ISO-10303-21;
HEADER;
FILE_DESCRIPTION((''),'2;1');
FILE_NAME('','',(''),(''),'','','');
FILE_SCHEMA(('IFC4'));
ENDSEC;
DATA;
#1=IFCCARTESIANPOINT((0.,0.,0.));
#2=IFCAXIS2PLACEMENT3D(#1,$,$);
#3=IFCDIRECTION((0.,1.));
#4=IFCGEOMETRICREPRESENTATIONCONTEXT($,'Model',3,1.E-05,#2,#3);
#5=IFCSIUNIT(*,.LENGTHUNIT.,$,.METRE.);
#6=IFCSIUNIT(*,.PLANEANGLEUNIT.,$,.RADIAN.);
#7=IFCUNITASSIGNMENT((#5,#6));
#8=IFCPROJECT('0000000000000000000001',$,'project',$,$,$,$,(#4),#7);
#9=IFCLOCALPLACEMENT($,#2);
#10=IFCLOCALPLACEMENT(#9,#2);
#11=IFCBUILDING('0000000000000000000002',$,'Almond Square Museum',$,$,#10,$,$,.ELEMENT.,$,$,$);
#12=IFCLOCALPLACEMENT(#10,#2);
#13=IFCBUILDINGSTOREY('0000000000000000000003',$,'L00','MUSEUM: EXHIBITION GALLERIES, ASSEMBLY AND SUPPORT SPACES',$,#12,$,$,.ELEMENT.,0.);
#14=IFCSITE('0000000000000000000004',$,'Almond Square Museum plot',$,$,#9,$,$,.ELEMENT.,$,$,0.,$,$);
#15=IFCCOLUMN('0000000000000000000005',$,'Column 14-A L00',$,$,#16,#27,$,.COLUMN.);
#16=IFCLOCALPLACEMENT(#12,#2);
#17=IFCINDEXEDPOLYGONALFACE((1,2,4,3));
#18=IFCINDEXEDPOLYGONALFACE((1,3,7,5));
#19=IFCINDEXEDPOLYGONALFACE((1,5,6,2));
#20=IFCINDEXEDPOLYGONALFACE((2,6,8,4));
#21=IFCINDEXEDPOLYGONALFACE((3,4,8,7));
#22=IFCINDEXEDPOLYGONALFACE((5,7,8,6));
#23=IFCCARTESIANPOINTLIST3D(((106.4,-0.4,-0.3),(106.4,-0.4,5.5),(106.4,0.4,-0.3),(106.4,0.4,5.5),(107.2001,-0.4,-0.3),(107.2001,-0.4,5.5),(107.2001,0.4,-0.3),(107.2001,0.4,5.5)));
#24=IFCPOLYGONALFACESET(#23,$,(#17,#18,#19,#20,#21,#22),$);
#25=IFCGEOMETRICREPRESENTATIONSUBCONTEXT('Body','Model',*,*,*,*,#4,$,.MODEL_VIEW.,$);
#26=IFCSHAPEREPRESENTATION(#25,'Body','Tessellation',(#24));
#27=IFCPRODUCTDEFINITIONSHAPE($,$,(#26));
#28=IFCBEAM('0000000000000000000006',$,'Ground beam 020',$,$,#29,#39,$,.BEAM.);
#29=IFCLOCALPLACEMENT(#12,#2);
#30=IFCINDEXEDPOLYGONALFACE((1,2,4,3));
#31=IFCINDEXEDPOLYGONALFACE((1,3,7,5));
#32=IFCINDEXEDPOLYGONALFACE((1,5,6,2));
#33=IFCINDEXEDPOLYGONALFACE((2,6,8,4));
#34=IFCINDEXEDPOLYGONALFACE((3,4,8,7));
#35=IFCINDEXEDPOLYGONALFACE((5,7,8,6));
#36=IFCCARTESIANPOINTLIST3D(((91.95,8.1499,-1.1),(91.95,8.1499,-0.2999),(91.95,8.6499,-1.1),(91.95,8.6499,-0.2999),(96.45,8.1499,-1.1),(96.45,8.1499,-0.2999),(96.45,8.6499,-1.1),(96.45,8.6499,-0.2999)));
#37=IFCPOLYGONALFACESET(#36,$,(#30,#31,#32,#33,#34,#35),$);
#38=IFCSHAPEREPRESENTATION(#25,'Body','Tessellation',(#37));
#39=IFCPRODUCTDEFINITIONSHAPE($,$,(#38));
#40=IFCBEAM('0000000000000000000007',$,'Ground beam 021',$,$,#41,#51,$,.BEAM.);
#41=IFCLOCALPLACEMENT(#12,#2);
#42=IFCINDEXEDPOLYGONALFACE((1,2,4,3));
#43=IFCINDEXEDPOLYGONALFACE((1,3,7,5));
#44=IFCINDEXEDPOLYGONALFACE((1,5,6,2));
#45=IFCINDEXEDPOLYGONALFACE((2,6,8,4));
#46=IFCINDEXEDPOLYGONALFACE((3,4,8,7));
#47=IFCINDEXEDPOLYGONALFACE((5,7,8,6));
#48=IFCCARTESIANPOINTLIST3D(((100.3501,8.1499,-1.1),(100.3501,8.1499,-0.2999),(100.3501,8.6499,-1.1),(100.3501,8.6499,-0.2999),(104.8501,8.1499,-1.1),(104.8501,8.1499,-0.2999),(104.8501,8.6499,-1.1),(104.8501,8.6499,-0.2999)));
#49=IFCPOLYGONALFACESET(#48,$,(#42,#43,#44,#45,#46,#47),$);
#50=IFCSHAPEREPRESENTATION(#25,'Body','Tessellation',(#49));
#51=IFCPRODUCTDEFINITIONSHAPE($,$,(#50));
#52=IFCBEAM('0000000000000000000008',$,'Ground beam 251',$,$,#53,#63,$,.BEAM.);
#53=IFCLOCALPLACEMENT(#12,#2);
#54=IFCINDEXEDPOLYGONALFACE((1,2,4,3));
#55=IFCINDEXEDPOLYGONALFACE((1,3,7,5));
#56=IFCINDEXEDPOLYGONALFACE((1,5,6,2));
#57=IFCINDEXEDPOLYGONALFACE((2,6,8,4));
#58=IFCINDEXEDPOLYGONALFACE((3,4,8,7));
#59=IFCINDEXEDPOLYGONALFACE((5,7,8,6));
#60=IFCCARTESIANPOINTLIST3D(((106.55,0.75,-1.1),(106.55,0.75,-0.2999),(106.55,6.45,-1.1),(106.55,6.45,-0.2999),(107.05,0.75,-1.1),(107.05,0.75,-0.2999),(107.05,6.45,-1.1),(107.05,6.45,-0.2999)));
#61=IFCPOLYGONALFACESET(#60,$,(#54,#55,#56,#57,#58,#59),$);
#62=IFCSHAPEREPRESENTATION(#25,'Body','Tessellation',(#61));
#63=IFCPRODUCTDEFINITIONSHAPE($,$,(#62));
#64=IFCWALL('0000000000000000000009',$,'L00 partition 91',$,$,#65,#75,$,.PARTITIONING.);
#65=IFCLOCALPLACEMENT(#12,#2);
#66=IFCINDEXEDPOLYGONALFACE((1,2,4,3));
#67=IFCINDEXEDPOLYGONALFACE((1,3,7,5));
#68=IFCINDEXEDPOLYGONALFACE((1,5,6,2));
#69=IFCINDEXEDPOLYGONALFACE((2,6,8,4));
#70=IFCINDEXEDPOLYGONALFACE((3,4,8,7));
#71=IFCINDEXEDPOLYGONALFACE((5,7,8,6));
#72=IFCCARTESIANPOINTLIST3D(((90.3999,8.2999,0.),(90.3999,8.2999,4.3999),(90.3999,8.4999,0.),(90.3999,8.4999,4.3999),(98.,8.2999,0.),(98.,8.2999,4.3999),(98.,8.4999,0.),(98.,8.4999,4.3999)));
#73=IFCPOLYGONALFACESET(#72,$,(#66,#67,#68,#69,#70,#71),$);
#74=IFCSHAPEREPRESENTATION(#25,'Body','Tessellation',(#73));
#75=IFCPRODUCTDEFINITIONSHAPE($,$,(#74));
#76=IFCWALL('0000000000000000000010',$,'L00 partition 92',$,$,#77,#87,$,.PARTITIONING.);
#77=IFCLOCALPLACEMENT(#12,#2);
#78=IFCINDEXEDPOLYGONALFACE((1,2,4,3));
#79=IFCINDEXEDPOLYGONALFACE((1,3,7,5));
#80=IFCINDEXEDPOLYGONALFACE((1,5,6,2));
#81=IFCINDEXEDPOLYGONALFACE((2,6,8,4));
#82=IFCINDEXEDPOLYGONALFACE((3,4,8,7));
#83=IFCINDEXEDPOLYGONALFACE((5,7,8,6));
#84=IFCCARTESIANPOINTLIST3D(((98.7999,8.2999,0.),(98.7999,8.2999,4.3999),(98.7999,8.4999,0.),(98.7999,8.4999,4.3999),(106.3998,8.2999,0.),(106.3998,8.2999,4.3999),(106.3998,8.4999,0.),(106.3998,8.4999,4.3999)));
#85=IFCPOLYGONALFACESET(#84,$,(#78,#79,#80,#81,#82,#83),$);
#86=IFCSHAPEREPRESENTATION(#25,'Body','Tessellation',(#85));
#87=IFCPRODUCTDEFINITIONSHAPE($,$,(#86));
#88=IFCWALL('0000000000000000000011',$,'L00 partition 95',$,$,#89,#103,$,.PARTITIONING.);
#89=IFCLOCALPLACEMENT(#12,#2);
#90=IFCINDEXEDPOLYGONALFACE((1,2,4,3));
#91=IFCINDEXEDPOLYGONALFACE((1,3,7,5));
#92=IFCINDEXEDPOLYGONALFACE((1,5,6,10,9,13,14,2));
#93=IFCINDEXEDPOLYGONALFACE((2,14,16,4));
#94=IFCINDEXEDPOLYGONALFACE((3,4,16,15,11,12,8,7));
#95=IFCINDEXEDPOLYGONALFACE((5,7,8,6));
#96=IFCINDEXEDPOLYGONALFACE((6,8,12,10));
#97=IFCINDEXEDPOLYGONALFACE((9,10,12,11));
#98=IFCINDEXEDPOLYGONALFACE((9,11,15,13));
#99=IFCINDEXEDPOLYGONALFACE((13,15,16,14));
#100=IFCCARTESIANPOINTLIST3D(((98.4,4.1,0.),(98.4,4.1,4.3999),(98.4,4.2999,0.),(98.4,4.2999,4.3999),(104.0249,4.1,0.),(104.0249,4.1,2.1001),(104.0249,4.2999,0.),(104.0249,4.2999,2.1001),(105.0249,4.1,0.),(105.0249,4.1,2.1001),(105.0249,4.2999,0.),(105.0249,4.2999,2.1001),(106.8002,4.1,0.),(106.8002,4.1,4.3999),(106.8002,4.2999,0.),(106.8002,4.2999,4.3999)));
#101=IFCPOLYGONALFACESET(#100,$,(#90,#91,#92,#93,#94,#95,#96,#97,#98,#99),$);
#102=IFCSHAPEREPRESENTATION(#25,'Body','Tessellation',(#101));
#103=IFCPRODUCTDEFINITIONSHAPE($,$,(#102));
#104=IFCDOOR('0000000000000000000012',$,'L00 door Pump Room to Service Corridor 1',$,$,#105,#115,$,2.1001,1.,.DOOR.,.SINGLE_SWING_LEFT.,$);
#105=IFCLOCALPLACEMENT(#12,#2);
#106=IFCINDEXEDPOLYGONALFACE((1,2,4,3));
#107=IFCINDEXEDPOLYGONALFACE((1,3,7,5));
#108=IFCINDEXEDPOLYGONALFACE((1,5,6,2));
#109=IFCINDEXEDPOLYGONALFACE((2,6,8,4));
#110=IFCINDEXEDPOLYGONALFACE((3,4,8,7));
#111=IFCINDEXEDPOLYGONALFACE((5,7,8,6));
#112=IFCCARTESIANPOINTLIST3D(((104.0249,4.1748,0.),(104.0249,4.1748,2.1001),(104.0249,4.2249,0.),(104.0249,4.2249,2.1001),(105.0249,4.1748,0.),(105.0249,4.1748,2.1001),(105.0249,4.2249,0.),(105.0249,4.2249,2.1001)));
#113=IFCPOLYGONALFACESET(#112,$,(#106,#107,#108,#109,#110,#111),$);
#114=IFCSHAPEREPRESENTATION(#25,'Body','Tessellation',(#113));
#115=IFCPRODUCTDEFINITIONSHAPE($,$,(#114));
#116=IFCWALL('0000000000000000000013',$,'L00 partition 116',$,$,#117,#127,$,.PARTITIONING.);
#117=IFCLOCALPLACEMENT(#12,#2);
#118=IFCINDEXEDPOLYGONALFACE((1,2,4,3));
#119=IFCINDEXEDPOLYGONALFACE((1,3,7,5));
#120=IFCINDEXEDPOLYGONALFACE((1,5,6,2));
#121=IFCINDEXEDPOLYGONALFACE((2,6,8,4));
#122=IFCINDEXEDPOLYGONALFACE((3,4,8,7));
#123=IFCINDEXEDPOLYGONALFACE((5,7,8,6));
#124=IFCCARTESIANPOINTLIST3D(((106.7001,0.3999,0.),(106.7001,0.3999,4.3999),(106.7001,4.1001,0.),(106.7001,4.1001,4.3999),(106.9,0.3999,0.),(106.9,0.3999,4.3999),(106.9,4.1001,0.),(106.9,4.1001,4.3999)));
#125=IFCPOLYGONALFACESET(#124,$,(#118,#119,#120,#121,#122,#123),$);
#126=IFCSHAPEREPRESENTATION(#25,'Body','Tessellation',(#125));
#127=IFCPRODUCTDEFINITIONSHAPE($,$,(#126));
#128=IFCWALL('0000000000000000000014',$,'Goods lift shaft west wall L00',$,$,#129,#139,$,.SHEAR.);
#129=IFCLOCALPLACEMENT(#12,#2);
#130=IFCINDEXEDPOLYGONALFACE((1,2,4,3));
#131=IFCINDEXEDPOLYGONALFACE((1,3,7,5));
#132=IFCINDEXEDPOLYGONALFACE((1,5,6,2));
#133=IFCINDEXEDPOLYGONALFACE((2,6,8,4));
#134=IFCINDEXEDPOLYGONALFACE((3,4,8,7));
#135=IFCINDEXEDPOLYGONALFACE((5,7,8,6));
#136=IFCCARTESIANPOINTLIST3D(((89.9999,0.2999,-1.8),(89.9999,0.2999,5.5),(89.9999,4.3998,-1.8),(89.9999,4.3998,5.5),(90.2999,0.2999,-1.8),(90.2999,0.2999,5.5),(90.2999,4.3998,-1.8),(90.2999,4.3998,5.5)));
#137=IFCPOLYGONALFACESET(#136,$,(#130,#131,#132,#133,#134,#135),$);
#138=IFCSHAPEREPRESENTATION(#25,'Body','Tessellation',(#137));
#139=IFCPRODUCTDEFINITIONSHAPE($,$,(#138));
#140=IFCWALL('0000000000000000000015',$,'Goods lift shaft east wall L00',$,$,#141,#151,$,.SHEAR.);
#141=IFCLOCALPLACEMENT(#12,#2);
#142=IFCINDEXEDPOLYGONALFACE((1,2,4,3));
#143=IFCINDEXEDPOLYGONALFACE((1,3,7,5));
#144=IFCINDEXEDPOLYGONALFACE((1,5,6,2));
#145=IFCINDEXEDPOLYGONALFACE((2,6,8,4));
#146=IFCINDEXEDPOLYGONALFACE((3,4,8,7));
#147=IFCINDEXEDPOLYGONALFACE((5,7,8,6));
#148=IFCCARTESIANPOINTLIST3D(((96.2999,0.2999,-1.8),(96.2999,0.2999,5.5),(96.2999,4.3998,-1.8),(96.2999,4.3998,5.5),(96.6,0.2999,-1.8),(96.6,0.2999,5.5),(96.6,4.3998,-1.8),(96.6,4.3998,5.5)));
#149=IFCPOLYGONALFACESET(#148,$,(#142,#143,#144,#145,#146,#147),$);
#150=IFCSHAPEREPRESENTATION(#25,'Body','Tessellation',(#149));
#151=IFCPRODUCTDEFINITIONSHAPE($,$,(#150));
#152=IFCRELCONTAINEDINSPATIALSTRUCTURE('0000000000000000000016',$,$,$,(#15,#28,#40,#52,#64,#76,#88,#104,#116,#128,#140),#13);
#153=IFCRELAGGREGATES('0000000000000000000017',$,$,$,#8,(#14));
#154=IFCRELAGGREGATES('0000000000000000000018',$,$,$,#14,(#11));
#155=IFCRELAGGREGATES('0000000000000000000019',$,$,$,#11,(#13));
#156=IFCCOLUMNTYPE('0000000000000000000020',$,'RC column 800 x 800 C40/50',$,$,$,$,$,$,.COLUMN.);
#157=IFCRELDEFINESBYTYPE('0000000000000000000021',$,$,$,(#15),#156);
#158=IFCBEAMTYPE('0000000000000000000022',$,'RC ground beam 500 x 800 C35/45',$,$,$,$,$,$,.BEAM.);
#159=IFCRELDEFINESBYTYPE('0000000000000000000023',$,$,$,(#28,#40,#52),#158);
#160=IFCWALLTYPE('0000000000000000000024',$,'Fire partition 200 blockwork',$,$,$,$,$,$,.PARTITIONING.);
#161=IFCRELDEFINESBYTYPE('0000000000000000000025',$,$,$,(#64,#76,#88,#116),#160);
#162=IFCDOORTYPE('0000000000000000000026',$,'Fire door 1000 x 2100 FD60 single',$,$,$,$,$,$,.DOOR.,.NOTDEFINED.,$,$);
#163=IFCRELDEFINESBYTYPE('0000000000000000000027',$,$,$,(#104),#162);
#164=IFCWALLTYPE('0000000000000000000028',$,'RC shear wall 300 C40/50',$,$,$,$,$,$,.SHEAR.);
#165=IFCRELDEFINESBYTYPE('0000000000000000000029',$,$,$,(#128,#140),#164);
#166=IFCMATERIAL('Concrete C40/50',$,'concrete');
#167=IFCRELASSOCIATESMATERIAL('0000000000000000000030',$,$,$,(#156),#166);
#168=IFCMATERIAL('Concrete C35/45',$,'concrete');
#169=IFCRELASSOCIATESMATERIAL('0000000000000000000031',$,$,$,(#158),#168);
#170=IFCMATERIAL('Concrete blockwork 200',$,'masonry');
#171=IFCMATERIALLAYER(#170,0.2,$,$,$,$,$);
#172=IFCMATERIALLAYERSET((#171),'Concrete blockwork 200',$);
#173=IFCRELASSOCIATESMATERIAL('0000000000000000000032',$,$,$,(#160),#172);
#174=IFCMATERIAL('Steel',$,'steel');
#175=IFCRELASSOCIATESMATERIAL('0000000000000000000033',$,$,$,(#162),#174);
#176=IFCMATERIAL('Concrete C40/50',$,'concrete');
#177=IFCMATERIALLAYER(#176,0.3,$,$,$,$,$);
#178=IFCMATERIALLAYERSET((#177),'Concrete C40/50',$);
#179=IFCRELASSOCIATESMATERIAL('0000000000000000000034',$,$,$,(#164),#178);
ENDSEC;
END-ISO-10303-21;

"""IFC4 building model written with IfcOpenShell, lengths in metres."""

from ifc_helpers import new_model, si_unit, direction, frame, frame_2d, origin, origin_2d, place, context, subcontext, project, spatial, rectangle, extrude, material, layer, layer_set, material_profile, profile_set, type_object, element, fill, save


model = new_model("IFC4")

# Units and contexts
model_context = context("Model", 3, precision=1e-05, world=origin(), true_north=direction((0.0, 1.0)))
body_context = subcontext(model_context, "Body", "Model", "MODEL_VIEW")
ifc_project = project(units=[si_unit("LENGTHUNIT", "METRE"), si_unit("PLANEANGLEUNIT", "RADIAN")], contexts=[model_context])

# Site, building, storey
site_placement = place(None, origin())
site = spatial("IfcSite", under=ifc_project, at=site_placement, Name="Almond Square Museum plot", CompositionType="ELEMENT", RefElevation=0.0)
building_placement = place(site_placement, origin())
building = spatial("IfcBuilding", under=site, at=building_placement, Name="Almond Square Museum", CompositionType="ELEMENT")
storey_placement = place(building_placement, origin())
storey = spatial("IfcBuildingStorey", under=building, at=storey_placement, Name="L00", Description="MUSEUM: EXHIBITION GALLERIES, ASSEMBLY AND SUPPORT SPACES", CompositionType="ELEMENT", Elevation=0.0)

# Column
ifc_material_1 = material(Name="Concrete C40/50", Category="concrete")
ifc_material_profile_1 = material_profile(ifc_material_1, rectangle(XDim=0.8, YDim=0.8, at=origin_2d()))
ifc_profile_set_1 = profile_set([ifc_material_profile_1], Name="Concrete C40/50")
column_type = type_object("IfcColumnType", Name="RC column 800 x 800 C40/50", PredefinedType="COLUMN", material=ifc_profile_set_1)
for number, where, z_axis, x_axis, name in (
    (1, (106.8, 0.0, -0.3), (0.0, 0.0, 1.0), (1.0, 0.0, 0.0), "Column 14-A L00"),
):
    element("IfcColumn", number, at=place(storey_placement, frame(where, z_axis=z_axis, x_axis=x_axis)), inside=storey, type_object=column_type, Name=name, PredefinedType="COLUMN", context=body_context, shape_type="SweptSolid", body=[
        extrude(rectangle(XDim=0.8, YDim=0.8, at=origin_2d()), origin(), (0.0, 0.0, 1.0), 5.8),
    ])

# Beams
ifc_material_2 = material(Name="Concrete C35/45", Category="concrete")
ifc_material_profile_2 = material_profile(ifc_material_2, rectangle(XDim=0.5, YDim=0.8, at=origin_2d()))
ifc_profile_set_2 = profile_set([ifc_material_profile_2], Name="Concrete C35/45")
beam_type = type_object("IfcBeamType", Name="RC ground beam 500 x 800 C35/45", PredefinedType="BEAM", material=ifc_profile_set_2)
for number, where, z_axis, x_axis, name in (
    (2, (91.95, 8.3999, -0.7), (1.0, 0.0, 0.0), (0.0, 1.0, 0.0), "Ground beam 020"),
    (3, (100.3501, 8.3999, -0.7), (1.0, 0.0, 0.0), (0.0, 1.0, 0.0), "Ground beam 021"),
):
    element("IfcBeam", number, at=place(storey_placement, frame(where, z_axis=z_axis, x_axis=x_axis)), inside=storey, type_object=beam_type, Name=name, PredefinedType="BEAM", context=body_context, shape_type="SweptSolid", body=[
        extrude(rectangle(XDim=0.5, YDim=0.8, at=origin_2d()), origin(), (0.0, 0.0, 1.0), 4.5),
    ])
beam_placement = place(storey_placement, frame((106.8, 0.75, -0.7), z_axis=(0.0, 1.0, 0.0), x_axis=(-1.0, 0.0, 0.0)))
element("IfcBeam", 4, at=beam_placement, inside=storey, type_object=beam_type, Name="Ground beam 251", PredefinedType="BEAM", context=body_context, shape_type="SweptSolid", body=[
    extrude(rectangle(XDim=0.5, YDim=0.8, at=origin_2d()), origin(), (0.0, 0.0, 1.0), 5.7),
])

# Walls
ifc_material_3 = material(Name="Concrete blockwork 200", Category="masonry")
ifc_layer_1 = layer(ifc_material_3, 0.2)
ifc_layer_set_1 = layer_set([ifc_layer_1], Name="Concrete blockwork 200")
wall_type_1 = type_object("IfcWallType", Name="Fire partition 200 blockwork", PredefinedType="PARTITIONING", material=ifc_layer_set_1)
wall_1_placement = place(storey_placement, frame((90.3999, 8.3999, 0.0), z_axis=(0.0, 0.0, 1.0), x_axis=(1.0, 0.0, 0.0)))
element("IfcWall", 5, at=wall_1_placement, inside=storey, type_object=wall_type_1, Name="L00 partition 91", PredefinedType="PARTITIONING", context=body_context, shape_type="SweptSolid", body=[
    extrude(rectangle(XDim=7.6001, YDim=0.2, at=frame_2d((3.8, 0.0))), origin(), (0.0, 0.0, 1.0), 4.3999),
])
wall_2_placement = place(storey_placement, frame((98.8, 8.3999, 0.0), z_axis=(0.0, 0.0, 1.0), x_axis=(1.0, 0.0, 0.0)))
element("IfcWall", 6, at=wall_2_placement, inside=storey, type_object=wall_type_1, Name="L00 partition 92", PredefinedType="PARTITIONING", context=body_context, shape_type="SweptSolid", body=[
    extrude(rectangle(XDim=7.5999, YDim=0.2, at=frame_2d((3.7998, 0.0))), origin(), (0.0, 0.0, 1.0), 4.3999),
])

# Wall, opening, door
wall_3_placement = place(storey_placement, frame((98.3999, 4.2, 0.0), z_axis=(0.0, 0.0, 1.0), x_axis=(1.0, 0.0, 0.0)))
wall_3 = element("IfcWall", 7, at=wall_3_placement, inside=storey, type_object=wall_type_1, Name="L00 partition 95", PredefinedType="PARTITIONING", context=body_context, shape_type="SweptSolid", body=[
    extrude(rectangle(XDim=8.4001, YDim=0.2, at=frame_2d((4.2002, 0.0))), origin(), (0.0, 0.0, 1.0), 4.3999),
])
opening_1_placement = place(wall_3_placement, frame((5.625, 0.0, 0.0)))
opening_1 = element("IfcOpeningElement", 8, at=opening_1_placement, cuts=wall_3, PredefinedType="OPENING", context=body_context, shape_type="SweptSolid", body=[
    extrude(rectangle(XDim=1.0, YDim=2.1001, at=frame_2d((0.5, 1.05))), frame((0.0, 0.1099, 0.0), z_axis=(0.0, -1.0, 0.0), x_axis=(1.0, 0.0, 0.0)), (0.0, 0.0, 1.0), 0.22),
])
ifc_material_4 = material(Name="Steel", Category="steel")
door_type_1 = type_object("IfcDoorType", Name="Fire door 1000 x 2100 FD60 single", OperationType="NOTDEFINED", PredefinedType="DOOR", material=ifc_material_4)
door_1_placement = place(opening_1_placement, origin())
door_1 = element("IfcDoor", 9, at=door_1_placement, inside=storey, type_object=door_type_1, Name="L00 door Pump Room to Service Corridor 1", OperationType="SINGLE_SWING_LEFT", OverallHeight=2.1001, OverallWidth=1.0, PredefinedType="DOOR", context=body_context, shape_type="SweptSolid", body=[
    extrude(rectangle(XDim=1.0, YDim=2.1001, at=frame_2d((0.5, 1.05))), frame((0.0, 0.0249, 0.0), z_axis=(0.0, -1.0, 0.0), x_axis=(1.0, 0.0, 0.0)), (0.0, 0.0, 1.0), 0.05),
])
fill(opening_1, door_1)

# Walls
wall_4_placement = place(storey_placement, frame((106.8, 0.3999, 0.0), z_axis=(0.0, 0.0, 1.0), x_axis=(0.0, 1.0, 0.0)))
element("IfcWall", 10, at=wall_4_placement, inside=storey, type_object=wall_type_1, Name="L00 partition 116", PredefinedType="PARTITIONING", context=body_context, shape_type="SweptSolid", body=[
    extrude(rectangle(XDim=3.7002, YDim=0.2, at=frame_2d((1.8501, 0.0))), origin(), (0.0, 0.0, 1.0), 4.3999),
])
ifc_material_5 = material(Name="Concrete C40/50", Category="concrete")
ifc_layer_2 = layer(ifc_material_5, 0.3)
ifc_layer_set_2 = layer_set([ifc_layer_2], Name="Concrete C40/50")
wall_type_2 = type_object("IfcWallType", Name="RC shear wall 300 C40/50", PredefinedType="SHEAR", material=ifc_layer_set_2)
for number, where, z_axis, x_axis, name in (
    (11, (90.1499, 0.3, -1.8), (0.0, 0.0, 1.0), (0.0, 1.0, 0.0), "Goods lift shaft west wall L00"),
    (12, (96.45, 0.3, -1.8), (0.0, 0.0, 1.0), (0.0, 1.0, 0.0), "Goods lift shaft east wall L00"),
):
    element("IfcWall", number, at=place(storey_placement, frame(where, z_axis=z_axis, x_axis=x_axis)), inside=storey, type_object=wall_type_2, Name=name, PredefinedType="SHEAR", context=body_context, shape_type="SweptSolid", body=[
        extrude(rectangle(XDim=4.0999, YDim=0.3, at=frame_2d((2.0498, 0.0))), origin(), (0.0, 0.0, 1.0), 7.3),
    ])

save(model, "model.ifc")
